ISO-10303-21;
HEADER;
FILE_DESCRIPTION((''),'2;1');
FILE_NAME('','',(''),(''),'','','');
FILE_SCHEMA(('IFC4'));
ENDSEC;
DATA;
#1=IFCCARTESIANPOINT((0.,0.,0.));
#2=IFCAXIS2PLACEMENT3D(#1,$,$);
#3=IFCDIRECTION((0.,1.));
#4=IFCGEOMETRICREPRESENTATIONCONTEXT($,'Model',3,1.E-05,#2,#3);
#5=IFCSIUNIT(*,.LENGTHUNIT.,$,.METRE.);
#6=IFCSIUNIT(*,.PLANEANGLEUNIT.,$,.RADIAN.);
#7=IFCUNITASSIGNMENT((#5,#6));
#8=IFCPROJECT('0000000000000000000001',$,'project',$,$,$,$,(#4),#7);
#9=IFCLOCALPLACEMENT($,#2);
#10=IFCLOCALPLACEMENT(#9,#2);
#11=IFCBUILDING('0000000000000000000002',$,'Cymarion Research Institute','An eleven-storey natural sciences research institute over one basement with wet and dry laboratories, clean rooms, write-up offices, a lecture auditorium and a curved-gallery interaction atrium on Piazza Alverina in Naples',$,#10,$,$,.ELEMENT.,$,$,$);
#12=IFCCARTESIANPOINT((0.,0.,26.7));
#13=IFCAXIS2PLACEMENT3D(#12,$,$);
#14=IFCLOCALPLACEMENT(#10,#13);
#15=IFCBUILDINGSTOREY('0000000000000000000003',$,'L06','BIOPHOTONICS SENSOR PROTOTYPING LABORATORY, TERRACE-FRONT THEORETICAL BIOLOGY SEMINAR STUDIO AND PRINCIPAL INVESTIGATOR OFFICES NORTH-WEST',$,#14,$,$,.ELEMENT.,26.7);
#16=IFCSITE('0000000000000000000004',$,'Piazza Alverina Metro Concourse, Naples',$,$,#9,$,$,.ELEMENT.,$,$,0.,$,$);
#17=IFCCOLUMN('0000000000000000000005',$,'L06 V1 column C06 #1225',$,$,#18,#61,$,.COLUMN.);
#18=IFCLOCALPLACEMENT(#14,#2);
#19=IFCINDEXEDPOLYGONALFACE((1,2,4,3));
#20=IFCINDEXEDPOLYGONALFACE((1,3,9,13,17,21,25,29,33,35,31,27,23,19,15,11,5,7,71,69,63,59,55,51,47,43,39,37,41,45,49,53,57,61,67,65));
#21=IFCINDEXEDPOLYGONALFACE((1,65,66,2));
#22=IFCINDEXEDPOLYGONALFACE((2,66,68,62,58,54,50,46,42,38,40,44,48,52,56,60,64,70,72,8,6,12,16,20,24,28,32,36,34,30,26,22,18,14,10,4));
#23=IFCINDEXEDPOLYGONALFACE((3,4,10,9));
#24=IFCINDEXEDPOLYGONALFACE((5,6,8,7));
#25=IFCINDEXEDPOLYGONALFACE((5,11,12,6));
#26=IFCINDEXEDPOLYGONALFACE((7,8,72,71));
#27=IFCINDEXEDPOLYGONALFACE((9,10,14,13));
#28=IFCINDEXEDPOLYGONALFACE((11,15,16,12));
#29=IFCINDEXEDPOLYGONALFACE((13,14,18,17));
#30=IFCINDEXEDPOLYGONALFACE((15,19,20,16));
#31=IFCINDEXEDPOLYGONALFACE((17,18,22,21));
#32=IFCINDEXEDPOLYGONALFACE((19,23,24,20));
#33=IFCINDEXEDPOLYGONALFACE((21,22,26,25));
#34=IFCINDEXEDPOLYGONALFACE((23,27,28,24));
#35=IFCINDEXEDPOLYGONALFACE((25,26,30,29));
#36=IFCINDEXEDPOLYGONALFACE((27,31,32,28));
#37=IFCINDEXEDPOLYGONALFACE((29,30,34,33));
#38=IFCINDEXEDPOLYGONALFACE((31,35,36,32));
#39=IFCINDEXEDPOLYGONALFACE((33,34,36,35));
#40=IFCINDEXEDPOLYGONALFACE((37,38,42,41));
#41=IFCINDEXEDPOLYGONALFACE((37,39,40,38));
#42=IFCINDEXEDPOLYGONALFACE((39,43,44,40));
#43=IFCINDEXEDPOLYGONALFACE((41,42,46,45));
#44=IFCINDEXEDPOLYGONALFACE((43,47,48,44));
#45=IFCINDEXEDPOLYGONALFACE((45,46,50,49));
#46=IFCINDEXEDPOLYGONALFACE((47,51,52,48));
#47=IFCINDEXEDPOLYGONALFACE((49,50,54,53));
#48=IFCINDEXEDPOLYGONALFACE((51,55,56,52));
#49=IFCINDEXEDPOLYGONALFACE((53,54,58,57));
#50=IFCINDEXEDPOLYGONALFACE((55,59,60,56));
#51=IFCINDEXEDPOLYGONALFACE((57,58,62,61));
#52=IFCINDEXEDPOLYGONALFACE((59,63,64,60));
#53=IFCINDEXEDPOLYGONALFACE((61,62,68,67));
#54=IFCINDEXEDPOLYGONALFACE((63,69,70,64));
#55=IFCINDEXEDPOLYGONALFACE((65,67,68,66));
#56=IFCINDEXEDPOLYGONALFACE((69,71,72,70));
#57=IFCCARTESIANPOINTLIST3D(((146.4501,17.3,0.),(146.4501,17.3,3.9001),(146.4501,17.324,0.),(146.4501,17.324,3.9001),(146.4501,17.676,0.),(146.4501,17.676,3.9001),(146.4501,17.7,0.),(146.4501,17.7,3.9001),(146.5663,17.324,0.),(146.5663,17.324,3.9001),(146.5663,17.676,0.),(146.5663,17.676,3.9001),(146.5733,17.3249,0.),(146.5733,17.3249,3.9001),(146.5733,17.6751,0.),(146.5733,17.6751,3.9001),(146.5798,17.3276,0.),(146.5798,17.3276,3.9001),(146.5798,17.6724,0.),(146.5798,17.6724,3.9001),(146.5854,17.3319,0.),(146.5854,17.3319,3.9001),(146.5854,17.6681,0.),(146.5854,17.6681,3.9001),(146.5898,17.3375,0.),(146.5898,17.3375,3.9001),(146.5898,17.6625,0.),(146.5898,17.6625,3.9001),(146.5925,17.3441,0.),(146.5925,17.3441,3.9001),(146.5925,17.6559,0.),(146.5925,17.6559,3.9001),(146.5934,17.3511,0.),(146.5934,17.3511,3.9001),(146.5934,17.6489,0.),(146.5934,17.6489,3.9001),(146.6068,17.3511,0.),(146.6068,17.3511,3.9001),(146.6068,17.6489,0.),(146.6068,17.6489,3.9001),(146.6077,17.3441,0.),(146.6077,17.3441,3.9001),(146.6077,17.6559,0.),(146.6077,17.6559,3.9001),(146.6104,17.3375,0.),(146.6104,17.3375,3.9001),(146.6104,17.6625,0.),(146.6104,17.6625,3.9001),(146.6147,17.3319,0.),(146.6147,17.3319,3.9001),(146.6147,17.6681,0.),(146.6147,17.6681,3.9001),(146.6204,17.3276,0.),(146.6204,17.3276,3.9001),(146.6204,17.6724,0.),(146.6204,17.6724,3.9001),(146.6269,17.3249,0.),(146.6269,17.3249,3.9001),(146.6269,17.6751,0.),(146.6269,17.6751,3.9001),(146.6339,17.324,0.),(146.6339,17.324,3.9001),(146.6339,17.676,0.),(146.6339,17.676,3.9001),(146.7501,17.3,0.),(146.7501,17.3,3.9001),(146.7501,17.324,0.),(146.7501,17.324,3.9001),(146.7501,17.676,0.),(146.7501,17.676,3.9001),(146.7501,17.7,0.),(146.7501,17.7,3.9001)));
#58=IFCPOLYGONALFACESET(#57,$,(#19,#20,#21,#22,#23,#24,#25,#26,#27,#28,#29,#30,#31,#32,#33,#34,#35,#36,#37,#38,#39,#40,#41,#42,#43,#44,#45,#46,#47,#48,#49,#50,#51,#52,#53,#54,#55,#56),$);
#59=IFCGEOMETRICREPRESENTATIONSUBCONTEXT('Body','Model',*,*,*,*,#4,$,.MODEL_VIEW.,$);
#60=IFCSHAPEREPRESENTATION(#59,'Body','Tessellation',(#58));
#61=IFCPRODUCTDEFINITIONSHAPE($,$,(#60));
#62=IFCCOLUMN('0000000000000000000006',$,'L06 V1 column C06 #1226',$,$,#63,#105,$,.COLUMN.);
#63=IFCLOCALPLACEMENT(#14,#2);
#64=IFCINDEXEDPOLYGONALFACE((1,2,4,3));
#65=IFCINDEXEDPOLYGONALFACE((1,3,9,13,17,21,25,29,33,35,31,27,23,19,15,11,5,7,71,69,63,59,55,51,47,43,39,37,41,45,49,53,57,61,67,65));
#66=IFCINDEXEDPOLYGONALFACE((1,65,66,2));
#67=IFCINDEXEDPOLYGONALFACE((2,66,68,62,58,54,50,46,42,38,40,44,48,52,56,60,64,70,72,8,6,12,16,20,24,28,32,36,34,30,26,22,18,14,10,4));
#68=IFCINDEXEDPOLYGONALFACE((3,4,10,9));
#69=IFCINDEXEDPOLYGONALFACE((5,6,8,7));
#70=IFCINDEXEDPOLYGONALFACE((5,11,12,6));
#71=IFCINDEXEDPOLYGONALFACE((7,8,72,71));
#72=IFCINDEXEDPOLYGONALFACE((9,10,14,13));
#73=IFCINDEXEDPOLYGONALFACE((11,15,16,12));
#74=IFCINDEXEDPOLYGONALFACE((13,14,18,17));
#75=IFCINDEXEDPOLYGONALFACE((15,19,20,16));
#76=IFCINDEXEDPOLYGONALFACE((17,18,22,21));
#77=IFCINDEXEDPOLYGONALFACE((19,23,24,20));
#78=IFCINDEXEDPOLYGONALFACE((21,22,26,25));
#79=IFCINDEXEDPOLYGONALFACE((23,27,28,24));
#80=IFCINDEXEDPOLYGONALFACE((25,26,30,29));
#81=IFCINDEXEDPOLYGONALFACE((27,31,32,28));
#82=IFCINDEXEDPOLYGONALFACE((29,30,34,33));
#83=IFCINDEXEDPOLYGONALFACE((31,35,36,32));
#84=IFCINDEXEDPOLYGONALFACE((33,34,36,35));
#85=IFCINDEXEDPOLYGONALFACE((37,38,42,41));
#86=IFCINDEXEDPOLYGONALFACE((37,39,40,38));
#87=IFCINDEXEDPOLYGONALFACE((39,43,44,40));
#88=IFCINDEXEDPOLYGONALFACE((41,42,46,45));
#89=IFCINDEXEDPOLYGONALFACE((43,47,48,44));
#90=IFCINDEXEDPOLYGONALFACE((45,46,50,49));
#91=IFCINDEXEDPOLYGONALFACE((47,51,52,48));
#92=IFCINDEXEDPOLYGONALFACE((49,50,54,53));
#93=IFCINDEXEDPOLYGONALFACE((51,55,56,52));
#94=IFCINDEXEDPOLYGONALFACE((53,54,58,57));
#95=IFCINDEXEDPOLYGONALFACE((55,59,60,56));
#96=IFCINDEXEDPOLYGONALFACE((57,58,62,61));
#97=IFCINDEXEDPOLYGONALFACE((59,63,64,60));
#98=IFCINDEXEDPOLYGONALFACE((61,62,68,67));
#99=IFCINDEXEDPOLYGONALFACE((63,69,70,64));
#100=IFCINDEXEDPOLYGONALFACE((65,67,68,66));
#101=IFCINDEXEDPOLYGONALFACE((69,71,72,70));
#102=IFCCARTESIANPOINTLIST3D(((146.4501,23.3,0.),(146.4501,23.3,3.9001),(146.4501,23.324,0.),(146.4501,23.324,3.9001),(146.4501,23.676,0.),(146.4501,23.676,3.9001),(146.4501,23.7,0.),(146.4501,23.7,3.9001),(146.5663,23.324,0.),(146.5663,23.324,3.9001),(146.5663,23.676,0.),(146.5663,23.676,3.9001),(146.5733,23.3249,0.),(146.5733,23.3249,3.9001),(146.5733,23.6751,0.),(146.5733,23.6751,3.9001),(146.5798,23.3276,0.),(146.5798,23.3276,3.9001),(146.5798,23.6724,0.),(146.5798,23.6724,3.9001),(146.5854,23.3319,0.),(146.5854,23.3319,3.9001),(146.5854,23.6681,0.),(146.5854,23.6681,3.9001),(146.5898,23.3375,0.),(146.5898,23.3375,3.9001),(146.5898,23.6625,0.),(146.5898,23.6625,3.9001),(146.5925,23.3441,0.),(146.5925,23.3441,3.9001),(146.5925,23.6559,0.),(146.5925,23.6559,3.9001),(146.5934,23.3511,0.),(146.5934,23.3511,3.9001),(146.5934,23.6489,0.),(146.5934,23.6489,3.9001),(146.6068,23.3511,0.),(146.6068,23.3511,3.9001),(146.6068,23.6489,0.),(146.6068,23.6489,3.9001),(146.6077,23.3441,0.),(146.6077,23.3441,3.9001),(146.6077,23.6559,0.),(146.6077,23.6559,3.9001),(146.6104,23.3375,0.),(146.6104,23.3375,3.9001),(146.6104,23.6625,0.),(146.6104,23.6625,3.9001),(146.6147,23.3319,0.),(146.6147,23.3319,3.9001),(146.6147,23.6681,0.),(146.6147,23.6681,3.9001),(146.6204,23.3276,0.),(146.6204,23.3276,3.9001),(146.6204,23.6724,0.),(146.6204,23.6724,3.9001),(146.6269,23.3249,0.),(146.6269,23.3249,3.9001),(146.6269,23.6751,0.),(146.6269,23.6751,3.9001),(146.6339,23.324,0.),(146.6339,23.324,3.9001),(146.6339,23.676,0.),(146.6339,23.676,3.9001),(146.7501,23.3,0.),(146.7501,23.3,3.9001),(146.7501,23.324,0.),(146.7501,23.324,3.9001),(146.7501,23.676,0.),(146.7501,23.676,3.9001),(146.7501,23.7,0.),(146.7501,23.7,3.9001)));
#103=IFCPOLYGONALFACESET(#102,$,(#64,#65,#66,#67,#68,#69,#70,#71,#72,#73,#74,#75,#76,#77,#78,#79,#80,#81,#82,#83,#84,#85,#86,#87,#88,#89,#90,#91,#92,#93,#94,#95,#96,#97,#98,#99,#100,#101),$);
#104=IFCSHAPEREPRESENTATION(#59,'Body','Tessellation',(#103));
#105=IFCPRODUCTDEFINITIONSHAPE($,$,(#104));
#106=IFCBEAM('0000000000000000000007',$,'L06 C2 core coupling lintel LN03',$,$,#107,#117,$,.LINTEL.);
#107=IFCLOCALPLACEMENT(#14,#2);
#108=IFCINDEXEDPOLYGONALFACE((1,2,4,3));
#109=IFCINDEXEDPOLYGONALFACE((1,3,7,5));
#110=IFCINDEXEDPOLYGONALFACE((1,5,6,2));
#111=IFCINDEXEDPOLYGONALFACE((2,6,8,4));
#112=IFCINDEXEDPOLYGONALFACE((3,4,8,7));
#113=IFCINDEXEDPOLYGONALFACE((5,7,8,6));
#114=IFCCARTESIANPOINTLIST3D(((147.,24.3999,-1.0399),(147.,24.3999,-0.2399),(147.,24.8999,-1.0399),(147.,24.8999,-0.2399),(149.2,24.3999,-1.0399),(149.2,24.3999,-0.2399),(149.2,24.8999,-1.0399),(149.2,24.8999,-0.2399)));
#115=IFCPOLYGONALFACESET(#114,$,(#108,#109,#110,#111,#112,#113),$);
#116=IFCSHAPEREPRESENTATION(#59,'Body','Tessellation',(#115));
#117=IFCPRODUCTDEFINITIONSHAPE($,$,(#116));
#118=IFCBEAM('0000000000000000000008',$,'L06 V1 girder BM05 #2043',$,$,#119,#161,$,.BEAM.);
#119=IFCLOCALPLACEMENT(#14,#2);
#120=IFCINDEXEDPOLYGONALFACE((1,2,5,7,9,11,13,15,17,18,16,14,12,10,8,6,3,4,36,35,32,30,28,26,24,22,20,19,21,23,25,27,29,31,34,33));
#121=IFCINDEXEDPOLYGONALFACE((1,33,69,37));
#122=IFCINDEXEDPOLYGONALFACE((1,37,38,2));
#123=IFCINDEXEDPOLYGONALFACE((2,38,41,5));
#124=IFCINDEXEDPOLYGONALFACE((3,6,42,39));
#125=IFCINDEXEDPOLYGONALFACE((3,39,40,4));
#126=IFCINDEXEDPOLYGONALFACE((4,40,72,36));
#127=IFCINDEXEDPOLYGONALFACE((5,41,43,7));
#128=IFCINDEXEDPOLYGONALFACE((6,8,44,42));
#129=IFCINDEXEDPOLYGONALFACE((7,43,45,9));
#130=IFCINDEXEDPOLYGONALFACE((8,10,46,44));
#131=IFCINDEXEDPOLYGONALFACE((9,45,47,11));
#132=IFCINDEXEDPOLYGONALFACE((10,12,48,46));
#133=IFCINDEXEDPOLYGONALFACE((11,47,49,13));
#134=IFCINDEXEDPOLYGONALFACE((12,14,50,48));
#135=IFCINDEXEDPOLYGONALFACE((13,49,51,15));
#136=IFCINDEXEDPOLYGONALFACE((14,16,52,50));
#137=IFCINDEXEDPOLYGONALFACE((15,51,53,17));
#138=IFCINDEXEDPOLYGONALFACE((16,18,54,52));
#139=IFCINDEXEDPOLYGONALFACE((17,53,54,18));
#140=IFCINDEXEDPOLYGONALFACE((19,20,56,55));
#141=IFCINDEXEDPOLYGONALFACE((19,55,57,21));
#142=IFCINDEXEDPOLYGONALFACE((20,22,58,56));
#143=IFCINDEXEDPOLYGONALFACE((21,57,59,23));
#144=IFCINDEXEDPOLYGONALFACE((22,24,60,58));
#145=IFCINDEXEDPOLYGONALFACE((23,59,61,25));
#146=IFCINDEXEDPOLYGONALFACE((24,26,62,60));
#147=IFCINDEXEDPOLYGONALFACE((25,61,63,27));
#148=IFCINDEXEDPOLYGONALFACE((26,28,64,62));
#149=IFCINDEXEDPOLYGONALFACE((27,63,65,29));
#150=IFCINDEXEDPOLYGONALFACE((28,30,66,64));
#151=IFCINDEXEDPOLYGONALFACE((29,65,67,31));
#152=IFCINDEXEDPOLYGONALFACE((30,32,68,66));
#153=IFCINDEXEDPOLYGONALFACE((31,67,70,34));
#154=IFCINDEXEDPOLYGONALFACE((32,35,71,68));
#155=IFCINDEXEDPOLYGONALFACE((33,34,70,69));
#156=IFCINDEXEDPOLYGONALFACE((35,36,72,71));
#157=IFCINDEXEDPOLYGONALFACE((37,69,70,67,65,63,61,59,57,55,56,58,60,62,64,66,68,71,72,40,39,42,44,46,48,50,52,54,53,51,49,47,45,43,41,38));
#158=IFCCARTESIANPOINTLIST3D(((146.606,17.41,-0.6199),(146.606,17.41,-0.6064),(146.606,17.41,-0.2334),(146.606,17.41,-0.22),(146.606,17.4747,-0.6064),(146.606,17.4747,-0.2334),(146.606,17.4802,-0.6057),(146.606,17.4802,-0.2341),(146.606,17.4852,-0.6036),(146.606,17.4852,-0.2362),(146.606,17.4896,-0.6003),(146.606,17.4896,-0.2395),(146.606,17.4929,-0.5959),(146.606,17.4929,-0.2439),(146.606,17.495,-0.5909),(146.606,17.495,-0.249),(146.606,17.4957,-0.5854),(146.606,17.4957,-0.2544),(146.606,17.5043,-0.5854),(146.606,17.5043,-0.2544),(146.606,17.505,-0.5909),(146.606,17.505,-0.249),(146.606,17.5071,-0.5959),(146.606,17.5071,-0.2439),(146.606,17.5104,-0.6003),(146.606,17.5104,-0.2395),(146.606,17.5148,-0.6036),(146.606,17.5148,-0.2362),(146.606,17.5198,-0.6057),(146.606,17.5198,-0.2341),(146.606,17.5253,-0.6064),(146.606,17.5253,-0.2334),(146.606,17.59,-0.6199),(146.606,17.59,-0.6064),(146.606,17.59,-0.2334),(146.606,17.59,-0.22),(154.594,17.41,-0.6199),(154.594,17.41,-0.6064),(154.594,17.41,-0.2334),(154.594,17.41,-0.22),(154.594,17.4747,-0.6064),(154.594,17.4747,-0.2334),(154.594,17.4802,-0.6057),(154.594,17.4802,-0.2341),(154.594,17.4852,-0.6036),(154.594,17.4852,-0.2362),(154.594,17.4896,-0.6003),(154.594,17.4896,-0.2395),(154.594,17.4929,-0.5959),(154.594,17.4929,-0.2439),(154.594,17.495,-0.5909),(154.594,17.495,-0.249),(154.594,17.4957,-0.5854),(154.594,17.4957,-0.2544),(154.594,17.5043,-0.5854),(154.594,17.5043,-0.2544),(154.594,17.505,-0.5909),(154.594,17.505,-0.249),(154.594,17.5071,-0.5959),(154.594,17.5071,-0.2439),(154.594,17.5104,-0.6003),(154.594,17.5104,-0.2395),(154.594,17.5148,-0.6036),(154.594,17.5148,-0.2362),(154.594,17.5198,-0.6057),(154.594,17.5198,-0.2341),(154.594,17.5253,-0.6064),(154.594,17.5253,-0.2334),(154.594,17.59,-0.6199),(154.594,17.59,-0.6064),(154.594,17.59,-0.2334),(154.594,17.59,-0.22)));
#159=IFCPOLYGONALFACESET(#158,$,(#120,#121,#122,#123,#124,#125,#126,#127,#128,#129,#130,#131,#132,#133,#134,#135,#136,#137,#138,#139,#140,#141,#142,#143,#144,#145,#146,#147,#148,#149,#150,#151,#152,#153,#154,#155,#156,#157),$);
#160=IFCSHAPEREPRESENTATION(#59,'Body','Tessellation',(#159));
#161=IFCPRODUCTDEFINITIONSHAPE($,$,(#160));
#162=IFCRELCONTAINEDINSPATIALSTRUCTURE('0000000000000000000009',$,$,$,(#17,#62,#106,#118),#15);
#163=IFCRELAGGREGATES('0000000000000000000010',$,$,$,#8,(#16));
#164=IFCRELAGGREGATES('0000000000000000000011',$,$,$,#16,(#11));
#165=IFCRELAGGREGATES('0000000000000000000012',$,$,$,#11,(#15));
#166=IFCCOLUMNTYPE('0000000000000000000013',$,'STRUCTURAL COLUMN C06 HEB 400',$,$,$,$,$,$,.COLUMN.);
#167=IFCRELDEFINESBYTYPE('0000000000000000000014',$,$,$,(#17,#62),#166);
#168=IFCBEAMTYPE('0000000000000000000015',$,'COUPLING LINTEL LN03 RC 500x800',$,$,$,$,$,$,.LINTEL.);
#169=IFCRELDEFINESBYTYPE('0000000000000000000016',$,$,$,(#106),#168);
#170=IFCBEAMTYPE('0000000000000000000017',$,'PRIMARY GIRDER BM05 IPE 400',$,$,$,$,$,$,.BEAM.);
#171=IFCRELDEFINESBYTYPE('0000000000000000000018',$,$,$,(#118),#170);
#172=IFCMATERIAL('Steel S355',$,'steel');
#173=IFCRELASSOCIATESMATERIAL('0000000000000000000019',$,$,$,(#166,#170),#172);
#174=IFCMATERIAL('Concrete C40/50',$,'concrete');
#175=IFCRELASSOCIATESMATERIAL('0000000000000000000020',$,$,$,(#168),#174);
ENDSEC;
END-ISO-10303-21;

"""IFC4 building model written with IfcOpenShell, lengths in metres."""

from ifc_helpers import new_model, si_unit, direction, frame, origin, origin_2d, place, context, subcontext, project, spatial, rectangle, i_section, extrude, material, material_profile, profile_set, type_object, element, save


model = new_model("IFC4")

# Units and contexts
model_context = context("Model", 3, precision=1e-05, world=origin(), true_north=direction((0.0, 1.0)))
body_context = subcontext(model_context, "Body", "Model", "MODEL_VIEW")
ifc_project = project(units=[si_unit("LENGTHUNIT", "METRE"), si_unit("PLANEANGLEUNIT", "RADIAN")], contexts=[model_context])

# Site, building, storey
site_placement = place(None, origin())
site = spatial("IfcSite", under=ifc_project, at=site_placement, Name="Piazza Alverina Metro Concourse, Naples", CompositionType="ELEMENT", RefElevation=0.0)
building_placement = place(site_placement, origin())
building = spatial("IfcBuilding", under=site, at=building_placement, Name="Cymarion Research Institute", Description="An eleven-storey natural sciences research institute over one basement with wet and dry laboratories, clean rooms, write-up offices, a lecture auditorium and a curved-gallery interaction atrium on Piazza Alverina in Naples", CompositionType="ELEMENT")
storey_placement = place(building_placement, frame((0.0, 0.0, 26.7)))
storey = spatial("IfcBuildingStorey", under=building, at=storey_placement, Name="L06", Description="BIOPHOTONICS SENSOR PROTOTYPING LABORATORY, TERRACE-FRONT THEORETICAL BIOLOGY SEMINAR STUDIO AND PRINCIPAL INVESTIGATOR OFFICES NORTH-WEST", CompositionType="ELEMENT", Elevation=26.7)

# Columns
ifc_material_1 = material(Name="Steel S355", Category="steel")
ifc_material_profile_1 = material_profile(ifc_material_1, i_section(OverallWidth=0.3, OverallDepth=0.3999, WebThickness=0.0134, FlangeThickness=0.0239, FilletRadius=0.0271, at=origin_2d()), Name="HEB 400")
ifc_profile_set_1 = profile_set([ifc_material_profile_1], Name="Steel S355")
column_type = type_object("IfcColumnType", Name="STRUCTURAL COLUMN C06 HEB 400", PredefinedType="COLUMN", material=ifc_profile_set_1)
for number, where, z_axis, x_axis, name in (
    (1, (146.6001, 17.5, 0.0), (0.0, 0.0, 1.0), (1.0, 0.0, 0.0), "L06 V1 column C06 #1225"),
    (2, (146.6001, 23.5, 0.0), (0.0, 0.0, 1.0), (1.0, 0.0, 0.0), "L06 V1 column C06 #1226"),
):
    element("IfcColumn", number, at=place(storey_placement, frame(where, z_axis=z_axis, x_axis=x_axis)), inside=storey, type_object=column_type, Name=name, PredefinedType="COLUMN", context=body_context, shape_type="SweptSolid", body=[
        extrude(i_section(OverallWidth=0.3, OverallDepth=0.3999, WebThickness=0.0134, FlangeThickness=0.0239, FilletRadius=0.0271, at=origin_2d()), origin(), (0.0, 0.0, 1.0), 3.9001),
    ])

# Beams
ifc_material_2 = material(Name="Concrete C40/50", Category="concrete")
ifc_material_profile_2 = material_profile(ifc_material_2, rectangle(XDim=0.5, YDim=0.8, at=origin_2d()), Name="RC 500x800")
ifc_profile_set_2 = profile_set([ifc_material_profile_2], Name="Concrete C40/50")
beam_type_1 = type_object("IfcBeamType", Name="COUPLING LINTEL LN03 RC 500x800", PredefinedType="LINTEL", material=ifc_profile_set_2)
beam_placement = place(storey_placement, frame((147.0, 24.6499, -0.6399), z_axis=(1.0, 0.0, 0.0), x_axis=(0.0, 1.0, 0.0)))
element("IfcBeam", 3, at=beam_placement, inside=storey, type_object=beam_type_1, Name="L06 C2 core coupling lintel LN03", PredefinedType="LINTEL", context=body_context, shape_type="SweptSolid", body=[
    extrude(rectangle(XDim=0.5, YDim=0.8, at=origin_2d()), origin(), (0.0, 0.0, 1.0), 2.2),
])
ifc_material_profile_3 = material_profile(ifc_material_1, i_section(OverallWidth=0.1799, OverallDepth=0.3999, WebThickness=0.0085, FlangeThickness=0.0134, FilletRadius=0.021, at=origin_2d()), Name="IPE 400")
ifc_profile_set_3 = profile_set([ifc_material_profile_3], Name="Steel S355")
beam_type_2 = type_object("IfcBeamType", Name="PRIMARY GIRDER BM05 IPE 400", PredefinedType="BEAM", material=ifc_profile_set_3)
for number, where, z_axis, x_axis, name in (
    (4, (146.606, 17.5, -0.4199), (1.0, 0.0, 0.0), (0.0, 1.0, 0.0), "L06 V1 girder BM05 #2043"),
):
    element("IfcBeam", number, at=place(storey_placement, frame(where, z_axis=z_axis, x_axis=x_axis)), inside=storey, type_object=beam_type_2, Name=name, PredefinedType="BEAM", context=body_context, shape_type="SweptSolid", body=[
        extrude(i_section(OverallWidth=0.1799, OverallDepth=0.3999, WebThickness=0.0085, FlangeThickness=0.0134, FilletRadius=0.021, at=origin_2d()), origin(), (0.0, 0.0, 1.0), 7.988),
    ])

save(model, "model.ifc")
